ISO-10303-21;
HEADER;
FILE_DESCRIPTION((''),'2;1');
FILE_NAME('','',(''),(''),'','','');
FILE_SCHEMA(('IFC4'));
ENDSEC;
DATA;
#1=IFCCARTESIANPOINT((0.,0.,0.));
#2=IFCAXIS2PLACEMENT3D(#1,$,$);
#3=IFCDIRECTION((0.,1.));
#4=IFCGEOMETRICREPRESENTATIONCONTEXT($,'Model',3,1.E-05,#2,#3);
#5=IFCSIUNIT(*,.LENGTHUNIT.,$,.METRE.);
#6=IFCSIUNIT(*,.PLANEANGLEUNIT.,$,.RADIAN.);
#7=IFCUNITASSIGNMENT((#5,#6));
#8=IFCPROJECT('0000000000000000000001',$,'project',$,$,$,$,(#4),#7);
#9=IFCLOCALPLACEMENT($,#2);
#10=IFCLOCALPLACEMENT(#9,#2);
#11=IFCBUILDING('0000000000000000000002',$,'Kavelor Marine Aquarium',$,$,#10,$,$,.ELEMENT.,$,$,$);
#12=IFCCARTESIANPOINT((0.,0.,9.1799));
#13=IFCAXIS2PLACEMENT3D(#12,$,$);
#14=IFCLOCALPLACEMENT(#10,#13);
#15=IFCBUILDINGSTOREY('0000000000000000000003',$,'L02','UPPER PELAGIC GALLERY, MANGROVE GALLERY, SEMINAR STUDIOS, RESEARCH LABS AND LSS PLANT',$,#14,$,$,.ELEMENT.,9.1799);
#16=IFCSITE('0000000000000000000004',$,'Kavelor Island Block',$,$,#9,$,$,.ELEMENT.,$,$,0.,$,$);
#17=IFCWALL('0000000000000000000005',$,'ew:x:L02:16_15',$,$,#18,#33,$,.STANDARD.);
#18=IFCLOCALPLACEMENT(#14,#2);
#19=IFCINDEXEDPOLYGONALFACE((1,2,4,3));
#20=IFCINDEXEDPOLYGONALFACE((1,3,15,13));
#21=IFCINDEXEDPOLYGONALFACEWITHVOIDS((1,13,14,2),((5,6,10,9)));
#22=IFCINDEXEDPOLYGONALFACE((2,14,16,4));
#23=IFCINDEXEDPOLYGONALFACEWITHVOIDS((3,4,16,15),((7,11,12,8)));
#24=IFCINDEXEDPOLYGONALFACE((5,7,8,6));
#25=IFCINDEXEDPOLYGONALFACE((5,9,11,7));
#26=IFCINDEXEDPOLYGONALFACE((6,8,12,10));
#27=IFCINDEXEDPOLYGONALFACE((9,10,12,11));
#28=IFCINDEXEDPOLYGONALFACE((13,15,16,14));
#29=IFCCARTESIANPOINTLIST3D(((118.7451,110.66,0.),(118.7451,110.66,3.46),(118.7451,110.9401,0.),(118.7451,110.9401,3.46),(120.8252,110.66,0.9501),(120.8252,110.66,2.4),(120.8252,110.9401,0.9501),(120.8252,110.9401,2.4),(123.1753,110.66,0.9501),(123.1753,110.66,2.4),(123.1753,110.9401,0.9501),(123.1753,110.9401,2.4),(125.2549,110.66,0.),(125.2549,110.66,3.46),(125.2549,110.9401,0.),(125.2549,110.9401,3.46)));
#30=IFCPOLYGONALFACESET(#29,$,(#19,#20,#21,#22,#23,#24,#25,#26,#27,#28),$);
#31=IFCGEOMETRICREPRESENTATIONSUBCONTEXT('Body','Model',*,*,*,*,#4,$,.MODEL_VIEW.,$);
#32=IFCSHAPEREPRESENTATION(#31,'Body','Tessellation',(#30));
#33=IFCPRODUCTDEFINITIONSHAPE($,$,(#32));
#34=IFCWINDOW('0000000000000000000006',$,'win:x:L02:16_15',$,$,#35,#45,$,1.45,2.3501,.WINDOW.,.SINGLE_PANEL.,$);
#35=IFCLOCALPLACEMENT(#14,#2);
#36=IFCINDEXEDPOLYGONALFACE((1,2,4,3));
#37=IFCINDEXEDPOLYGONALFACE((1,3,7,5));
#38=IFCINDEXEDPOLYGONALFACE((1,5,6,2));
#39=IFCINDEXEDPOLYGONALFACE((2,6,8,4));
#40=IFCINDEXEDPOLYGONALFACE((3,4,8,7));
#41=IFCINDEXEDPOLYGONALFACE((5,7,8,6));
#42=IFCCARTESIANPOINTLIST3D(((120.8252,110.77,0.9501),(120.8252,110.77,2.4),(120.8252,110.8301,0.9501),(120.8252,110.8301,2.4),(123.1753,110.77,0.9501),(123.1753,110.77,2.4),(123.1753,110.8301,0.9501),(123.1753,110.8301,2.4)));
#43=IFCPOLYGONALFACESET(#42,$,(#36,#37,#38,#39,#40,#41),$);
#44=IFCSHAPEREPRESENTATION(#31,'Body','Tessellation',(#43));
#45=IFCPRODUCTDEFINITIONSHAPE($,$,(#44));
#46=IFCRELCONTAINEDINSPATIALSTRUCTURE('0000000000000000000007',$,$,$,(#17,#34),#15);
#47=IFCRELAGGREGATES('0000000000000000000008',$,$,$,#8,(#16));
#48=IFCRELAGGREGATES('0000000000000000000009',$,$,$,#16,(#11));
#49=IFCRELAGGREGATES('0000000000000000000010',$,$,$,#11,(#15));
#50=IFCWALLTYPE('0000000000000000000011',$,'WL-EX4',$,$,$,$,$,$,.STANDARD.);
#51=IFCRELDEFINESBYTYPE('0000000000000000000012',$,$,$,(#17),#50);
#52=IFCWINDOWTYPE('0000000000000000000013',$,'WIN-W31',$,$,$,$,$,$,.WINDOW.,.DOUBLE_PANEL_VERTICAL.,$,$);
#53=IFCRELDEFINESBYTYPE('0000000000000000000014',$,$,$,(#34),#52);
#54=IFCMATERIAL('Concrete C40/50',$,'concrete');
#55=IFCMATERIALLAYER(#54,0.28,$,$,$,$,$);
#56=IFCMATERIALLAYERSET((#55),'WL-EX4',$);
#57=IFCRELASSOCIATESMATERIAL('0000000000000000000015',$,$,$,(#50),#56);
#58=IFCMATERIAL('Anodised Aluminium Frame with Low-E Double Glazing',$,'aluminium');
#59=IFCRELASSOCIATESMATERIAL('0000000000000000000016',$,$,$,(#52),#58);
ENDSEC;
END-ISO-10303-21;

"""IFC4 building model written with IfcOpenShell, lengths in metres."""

from ifc_helpers import new_model, si_unit, direction, frame, frame_2d, origin, place, context, subcontext, project, spatial, rectangle, extrude, material, layer, layer_set, type_object, element, fill, save


model = new_model("IFC4")

# Units and contexts
model_context = context("Model", 3, precision=1e-05, world=origin(), true_north=direction((0.0, 1.0)))
body_context = subcontext(model_context, "Body", "Model", "MODEL_VIEW")
ifc_project = project(units=[si_unit("LENGTHUNIT", "METRE"), si_unit("PLANEANGLEUNIT", "RADIAN")], contexts=[model_context])

# Site, building, storey
site_placement = place(None, origin())
site = spatial("IfcSite", under=ifc_project, at=site_placement, Name="Kavelor Island Block", CompositionType="ELEMENT", RefElevation=0.0)
building_placement = place(site_placement, origin())
building = spatial("IfcBuilding", under=site, at=building_placement, Name="Kavelor Marine Aquarium", CompositionType="ELEMENT")
storey_placement = place(building_placement, frame((0.0, 0.0, 9.1799)))
storey = spatial("IfcBuildingStorey", under=building, at=storey_placement, Name="L02", Description="UPPER PELAGIC GALLERY, MANGROVE GALLERY, SEMINAR STUDIOS, RESEARCH LABS AND LSS PLANT", CompositionType="ELEMENT", Elevation=9.1799)

# Wall, opening, window
ifc_material_1 = material(Name="Concrete C40/50", Category="concrete")
ifc_layer_1 = layer(ifc_material_1, 0.28)
ifc_layer_set_1 = layer_set([ifc_layer_1], Name="WL-EX4")
wall_type = type_object("IfcWallType", Name="WL-EX4", PredefinedType="STANDARD", material=ifc_layer_set_1)
wall_placement = place(storey_placement, frame((118.7451, 110.8, 0.0), z_axis=(0.0, 0.0, 1.0), x_axis=(1.0, 0.0, 0.0)))
wall = element("IfcWall", 1, at=wall_placement, inside=storey, type_object=wall_type, Name="ew:x:L02:16_15", PredefinedType="STANDARD", context=body_context, shape_type="SweptSolid", body=[
    extrude(rectangle(XDim=6.5098, YDim=0.28, at=frame_2d((3.2549, 0.0))), origin(), (0.0, 0.0, 1.0), 3.46),
])
opening_placement = place(wall_placement, frame((2.0801, 0.0, 0.95)))
opening = element("IfcOpeningElement", 2, at=opening_placement, cuts=wall, PredefinedType="OPENING", context=body_context, shape_type="SweptSolid", body=[
    extrude(rectangle(XDim=2.3501, YDim=1.45, at=frame_2d((1.175, 0.7251))), frame((0.0, 0.1499, 0.0), z_axis=(0.0, -1.0, 0.0), x_axis=(1.0, 0.0, 0.0)), (0.0, 0.0, 1.0), 0.3),
])
ifc_material_2 = material(Name="Anodised Aluminium Frame with Low-E Double Glazing", Category="aluminium")
window_type = type_object("IfcWindowType", Name="WIN-W31", PartitioningType="DOUBLE_PANEL_VERTICAL", PredefinedType="WINDOW", material=ifc_material_2)
window_placement = place(opening_placement, origin())
window = element("IfcWindow", 3, at=window_placement, inside=storey, type_object=window_type, Name="win:x:L02:16_15", OverallHeight=1.45, OverallWidth=2.3501, PartitioningType="SINGLE_PANEL", PredefinedType="WINDOW", context=body_context, shape_type="SweptSolid", body=[
    extrude(rectangle(XDim=2.3501, YDim=1.45, at=frame_2d((1.175, 0.7251))), frame((0.0, 0.03, 0.0), z_axis=(0.0, -1.0, 0.0), x_axis=(1.0, 0.0, 0.0)), (0.0, 0.0, 1.0), 0.0601),
])
fill(opening, window)

save(model, "model.ifc")
